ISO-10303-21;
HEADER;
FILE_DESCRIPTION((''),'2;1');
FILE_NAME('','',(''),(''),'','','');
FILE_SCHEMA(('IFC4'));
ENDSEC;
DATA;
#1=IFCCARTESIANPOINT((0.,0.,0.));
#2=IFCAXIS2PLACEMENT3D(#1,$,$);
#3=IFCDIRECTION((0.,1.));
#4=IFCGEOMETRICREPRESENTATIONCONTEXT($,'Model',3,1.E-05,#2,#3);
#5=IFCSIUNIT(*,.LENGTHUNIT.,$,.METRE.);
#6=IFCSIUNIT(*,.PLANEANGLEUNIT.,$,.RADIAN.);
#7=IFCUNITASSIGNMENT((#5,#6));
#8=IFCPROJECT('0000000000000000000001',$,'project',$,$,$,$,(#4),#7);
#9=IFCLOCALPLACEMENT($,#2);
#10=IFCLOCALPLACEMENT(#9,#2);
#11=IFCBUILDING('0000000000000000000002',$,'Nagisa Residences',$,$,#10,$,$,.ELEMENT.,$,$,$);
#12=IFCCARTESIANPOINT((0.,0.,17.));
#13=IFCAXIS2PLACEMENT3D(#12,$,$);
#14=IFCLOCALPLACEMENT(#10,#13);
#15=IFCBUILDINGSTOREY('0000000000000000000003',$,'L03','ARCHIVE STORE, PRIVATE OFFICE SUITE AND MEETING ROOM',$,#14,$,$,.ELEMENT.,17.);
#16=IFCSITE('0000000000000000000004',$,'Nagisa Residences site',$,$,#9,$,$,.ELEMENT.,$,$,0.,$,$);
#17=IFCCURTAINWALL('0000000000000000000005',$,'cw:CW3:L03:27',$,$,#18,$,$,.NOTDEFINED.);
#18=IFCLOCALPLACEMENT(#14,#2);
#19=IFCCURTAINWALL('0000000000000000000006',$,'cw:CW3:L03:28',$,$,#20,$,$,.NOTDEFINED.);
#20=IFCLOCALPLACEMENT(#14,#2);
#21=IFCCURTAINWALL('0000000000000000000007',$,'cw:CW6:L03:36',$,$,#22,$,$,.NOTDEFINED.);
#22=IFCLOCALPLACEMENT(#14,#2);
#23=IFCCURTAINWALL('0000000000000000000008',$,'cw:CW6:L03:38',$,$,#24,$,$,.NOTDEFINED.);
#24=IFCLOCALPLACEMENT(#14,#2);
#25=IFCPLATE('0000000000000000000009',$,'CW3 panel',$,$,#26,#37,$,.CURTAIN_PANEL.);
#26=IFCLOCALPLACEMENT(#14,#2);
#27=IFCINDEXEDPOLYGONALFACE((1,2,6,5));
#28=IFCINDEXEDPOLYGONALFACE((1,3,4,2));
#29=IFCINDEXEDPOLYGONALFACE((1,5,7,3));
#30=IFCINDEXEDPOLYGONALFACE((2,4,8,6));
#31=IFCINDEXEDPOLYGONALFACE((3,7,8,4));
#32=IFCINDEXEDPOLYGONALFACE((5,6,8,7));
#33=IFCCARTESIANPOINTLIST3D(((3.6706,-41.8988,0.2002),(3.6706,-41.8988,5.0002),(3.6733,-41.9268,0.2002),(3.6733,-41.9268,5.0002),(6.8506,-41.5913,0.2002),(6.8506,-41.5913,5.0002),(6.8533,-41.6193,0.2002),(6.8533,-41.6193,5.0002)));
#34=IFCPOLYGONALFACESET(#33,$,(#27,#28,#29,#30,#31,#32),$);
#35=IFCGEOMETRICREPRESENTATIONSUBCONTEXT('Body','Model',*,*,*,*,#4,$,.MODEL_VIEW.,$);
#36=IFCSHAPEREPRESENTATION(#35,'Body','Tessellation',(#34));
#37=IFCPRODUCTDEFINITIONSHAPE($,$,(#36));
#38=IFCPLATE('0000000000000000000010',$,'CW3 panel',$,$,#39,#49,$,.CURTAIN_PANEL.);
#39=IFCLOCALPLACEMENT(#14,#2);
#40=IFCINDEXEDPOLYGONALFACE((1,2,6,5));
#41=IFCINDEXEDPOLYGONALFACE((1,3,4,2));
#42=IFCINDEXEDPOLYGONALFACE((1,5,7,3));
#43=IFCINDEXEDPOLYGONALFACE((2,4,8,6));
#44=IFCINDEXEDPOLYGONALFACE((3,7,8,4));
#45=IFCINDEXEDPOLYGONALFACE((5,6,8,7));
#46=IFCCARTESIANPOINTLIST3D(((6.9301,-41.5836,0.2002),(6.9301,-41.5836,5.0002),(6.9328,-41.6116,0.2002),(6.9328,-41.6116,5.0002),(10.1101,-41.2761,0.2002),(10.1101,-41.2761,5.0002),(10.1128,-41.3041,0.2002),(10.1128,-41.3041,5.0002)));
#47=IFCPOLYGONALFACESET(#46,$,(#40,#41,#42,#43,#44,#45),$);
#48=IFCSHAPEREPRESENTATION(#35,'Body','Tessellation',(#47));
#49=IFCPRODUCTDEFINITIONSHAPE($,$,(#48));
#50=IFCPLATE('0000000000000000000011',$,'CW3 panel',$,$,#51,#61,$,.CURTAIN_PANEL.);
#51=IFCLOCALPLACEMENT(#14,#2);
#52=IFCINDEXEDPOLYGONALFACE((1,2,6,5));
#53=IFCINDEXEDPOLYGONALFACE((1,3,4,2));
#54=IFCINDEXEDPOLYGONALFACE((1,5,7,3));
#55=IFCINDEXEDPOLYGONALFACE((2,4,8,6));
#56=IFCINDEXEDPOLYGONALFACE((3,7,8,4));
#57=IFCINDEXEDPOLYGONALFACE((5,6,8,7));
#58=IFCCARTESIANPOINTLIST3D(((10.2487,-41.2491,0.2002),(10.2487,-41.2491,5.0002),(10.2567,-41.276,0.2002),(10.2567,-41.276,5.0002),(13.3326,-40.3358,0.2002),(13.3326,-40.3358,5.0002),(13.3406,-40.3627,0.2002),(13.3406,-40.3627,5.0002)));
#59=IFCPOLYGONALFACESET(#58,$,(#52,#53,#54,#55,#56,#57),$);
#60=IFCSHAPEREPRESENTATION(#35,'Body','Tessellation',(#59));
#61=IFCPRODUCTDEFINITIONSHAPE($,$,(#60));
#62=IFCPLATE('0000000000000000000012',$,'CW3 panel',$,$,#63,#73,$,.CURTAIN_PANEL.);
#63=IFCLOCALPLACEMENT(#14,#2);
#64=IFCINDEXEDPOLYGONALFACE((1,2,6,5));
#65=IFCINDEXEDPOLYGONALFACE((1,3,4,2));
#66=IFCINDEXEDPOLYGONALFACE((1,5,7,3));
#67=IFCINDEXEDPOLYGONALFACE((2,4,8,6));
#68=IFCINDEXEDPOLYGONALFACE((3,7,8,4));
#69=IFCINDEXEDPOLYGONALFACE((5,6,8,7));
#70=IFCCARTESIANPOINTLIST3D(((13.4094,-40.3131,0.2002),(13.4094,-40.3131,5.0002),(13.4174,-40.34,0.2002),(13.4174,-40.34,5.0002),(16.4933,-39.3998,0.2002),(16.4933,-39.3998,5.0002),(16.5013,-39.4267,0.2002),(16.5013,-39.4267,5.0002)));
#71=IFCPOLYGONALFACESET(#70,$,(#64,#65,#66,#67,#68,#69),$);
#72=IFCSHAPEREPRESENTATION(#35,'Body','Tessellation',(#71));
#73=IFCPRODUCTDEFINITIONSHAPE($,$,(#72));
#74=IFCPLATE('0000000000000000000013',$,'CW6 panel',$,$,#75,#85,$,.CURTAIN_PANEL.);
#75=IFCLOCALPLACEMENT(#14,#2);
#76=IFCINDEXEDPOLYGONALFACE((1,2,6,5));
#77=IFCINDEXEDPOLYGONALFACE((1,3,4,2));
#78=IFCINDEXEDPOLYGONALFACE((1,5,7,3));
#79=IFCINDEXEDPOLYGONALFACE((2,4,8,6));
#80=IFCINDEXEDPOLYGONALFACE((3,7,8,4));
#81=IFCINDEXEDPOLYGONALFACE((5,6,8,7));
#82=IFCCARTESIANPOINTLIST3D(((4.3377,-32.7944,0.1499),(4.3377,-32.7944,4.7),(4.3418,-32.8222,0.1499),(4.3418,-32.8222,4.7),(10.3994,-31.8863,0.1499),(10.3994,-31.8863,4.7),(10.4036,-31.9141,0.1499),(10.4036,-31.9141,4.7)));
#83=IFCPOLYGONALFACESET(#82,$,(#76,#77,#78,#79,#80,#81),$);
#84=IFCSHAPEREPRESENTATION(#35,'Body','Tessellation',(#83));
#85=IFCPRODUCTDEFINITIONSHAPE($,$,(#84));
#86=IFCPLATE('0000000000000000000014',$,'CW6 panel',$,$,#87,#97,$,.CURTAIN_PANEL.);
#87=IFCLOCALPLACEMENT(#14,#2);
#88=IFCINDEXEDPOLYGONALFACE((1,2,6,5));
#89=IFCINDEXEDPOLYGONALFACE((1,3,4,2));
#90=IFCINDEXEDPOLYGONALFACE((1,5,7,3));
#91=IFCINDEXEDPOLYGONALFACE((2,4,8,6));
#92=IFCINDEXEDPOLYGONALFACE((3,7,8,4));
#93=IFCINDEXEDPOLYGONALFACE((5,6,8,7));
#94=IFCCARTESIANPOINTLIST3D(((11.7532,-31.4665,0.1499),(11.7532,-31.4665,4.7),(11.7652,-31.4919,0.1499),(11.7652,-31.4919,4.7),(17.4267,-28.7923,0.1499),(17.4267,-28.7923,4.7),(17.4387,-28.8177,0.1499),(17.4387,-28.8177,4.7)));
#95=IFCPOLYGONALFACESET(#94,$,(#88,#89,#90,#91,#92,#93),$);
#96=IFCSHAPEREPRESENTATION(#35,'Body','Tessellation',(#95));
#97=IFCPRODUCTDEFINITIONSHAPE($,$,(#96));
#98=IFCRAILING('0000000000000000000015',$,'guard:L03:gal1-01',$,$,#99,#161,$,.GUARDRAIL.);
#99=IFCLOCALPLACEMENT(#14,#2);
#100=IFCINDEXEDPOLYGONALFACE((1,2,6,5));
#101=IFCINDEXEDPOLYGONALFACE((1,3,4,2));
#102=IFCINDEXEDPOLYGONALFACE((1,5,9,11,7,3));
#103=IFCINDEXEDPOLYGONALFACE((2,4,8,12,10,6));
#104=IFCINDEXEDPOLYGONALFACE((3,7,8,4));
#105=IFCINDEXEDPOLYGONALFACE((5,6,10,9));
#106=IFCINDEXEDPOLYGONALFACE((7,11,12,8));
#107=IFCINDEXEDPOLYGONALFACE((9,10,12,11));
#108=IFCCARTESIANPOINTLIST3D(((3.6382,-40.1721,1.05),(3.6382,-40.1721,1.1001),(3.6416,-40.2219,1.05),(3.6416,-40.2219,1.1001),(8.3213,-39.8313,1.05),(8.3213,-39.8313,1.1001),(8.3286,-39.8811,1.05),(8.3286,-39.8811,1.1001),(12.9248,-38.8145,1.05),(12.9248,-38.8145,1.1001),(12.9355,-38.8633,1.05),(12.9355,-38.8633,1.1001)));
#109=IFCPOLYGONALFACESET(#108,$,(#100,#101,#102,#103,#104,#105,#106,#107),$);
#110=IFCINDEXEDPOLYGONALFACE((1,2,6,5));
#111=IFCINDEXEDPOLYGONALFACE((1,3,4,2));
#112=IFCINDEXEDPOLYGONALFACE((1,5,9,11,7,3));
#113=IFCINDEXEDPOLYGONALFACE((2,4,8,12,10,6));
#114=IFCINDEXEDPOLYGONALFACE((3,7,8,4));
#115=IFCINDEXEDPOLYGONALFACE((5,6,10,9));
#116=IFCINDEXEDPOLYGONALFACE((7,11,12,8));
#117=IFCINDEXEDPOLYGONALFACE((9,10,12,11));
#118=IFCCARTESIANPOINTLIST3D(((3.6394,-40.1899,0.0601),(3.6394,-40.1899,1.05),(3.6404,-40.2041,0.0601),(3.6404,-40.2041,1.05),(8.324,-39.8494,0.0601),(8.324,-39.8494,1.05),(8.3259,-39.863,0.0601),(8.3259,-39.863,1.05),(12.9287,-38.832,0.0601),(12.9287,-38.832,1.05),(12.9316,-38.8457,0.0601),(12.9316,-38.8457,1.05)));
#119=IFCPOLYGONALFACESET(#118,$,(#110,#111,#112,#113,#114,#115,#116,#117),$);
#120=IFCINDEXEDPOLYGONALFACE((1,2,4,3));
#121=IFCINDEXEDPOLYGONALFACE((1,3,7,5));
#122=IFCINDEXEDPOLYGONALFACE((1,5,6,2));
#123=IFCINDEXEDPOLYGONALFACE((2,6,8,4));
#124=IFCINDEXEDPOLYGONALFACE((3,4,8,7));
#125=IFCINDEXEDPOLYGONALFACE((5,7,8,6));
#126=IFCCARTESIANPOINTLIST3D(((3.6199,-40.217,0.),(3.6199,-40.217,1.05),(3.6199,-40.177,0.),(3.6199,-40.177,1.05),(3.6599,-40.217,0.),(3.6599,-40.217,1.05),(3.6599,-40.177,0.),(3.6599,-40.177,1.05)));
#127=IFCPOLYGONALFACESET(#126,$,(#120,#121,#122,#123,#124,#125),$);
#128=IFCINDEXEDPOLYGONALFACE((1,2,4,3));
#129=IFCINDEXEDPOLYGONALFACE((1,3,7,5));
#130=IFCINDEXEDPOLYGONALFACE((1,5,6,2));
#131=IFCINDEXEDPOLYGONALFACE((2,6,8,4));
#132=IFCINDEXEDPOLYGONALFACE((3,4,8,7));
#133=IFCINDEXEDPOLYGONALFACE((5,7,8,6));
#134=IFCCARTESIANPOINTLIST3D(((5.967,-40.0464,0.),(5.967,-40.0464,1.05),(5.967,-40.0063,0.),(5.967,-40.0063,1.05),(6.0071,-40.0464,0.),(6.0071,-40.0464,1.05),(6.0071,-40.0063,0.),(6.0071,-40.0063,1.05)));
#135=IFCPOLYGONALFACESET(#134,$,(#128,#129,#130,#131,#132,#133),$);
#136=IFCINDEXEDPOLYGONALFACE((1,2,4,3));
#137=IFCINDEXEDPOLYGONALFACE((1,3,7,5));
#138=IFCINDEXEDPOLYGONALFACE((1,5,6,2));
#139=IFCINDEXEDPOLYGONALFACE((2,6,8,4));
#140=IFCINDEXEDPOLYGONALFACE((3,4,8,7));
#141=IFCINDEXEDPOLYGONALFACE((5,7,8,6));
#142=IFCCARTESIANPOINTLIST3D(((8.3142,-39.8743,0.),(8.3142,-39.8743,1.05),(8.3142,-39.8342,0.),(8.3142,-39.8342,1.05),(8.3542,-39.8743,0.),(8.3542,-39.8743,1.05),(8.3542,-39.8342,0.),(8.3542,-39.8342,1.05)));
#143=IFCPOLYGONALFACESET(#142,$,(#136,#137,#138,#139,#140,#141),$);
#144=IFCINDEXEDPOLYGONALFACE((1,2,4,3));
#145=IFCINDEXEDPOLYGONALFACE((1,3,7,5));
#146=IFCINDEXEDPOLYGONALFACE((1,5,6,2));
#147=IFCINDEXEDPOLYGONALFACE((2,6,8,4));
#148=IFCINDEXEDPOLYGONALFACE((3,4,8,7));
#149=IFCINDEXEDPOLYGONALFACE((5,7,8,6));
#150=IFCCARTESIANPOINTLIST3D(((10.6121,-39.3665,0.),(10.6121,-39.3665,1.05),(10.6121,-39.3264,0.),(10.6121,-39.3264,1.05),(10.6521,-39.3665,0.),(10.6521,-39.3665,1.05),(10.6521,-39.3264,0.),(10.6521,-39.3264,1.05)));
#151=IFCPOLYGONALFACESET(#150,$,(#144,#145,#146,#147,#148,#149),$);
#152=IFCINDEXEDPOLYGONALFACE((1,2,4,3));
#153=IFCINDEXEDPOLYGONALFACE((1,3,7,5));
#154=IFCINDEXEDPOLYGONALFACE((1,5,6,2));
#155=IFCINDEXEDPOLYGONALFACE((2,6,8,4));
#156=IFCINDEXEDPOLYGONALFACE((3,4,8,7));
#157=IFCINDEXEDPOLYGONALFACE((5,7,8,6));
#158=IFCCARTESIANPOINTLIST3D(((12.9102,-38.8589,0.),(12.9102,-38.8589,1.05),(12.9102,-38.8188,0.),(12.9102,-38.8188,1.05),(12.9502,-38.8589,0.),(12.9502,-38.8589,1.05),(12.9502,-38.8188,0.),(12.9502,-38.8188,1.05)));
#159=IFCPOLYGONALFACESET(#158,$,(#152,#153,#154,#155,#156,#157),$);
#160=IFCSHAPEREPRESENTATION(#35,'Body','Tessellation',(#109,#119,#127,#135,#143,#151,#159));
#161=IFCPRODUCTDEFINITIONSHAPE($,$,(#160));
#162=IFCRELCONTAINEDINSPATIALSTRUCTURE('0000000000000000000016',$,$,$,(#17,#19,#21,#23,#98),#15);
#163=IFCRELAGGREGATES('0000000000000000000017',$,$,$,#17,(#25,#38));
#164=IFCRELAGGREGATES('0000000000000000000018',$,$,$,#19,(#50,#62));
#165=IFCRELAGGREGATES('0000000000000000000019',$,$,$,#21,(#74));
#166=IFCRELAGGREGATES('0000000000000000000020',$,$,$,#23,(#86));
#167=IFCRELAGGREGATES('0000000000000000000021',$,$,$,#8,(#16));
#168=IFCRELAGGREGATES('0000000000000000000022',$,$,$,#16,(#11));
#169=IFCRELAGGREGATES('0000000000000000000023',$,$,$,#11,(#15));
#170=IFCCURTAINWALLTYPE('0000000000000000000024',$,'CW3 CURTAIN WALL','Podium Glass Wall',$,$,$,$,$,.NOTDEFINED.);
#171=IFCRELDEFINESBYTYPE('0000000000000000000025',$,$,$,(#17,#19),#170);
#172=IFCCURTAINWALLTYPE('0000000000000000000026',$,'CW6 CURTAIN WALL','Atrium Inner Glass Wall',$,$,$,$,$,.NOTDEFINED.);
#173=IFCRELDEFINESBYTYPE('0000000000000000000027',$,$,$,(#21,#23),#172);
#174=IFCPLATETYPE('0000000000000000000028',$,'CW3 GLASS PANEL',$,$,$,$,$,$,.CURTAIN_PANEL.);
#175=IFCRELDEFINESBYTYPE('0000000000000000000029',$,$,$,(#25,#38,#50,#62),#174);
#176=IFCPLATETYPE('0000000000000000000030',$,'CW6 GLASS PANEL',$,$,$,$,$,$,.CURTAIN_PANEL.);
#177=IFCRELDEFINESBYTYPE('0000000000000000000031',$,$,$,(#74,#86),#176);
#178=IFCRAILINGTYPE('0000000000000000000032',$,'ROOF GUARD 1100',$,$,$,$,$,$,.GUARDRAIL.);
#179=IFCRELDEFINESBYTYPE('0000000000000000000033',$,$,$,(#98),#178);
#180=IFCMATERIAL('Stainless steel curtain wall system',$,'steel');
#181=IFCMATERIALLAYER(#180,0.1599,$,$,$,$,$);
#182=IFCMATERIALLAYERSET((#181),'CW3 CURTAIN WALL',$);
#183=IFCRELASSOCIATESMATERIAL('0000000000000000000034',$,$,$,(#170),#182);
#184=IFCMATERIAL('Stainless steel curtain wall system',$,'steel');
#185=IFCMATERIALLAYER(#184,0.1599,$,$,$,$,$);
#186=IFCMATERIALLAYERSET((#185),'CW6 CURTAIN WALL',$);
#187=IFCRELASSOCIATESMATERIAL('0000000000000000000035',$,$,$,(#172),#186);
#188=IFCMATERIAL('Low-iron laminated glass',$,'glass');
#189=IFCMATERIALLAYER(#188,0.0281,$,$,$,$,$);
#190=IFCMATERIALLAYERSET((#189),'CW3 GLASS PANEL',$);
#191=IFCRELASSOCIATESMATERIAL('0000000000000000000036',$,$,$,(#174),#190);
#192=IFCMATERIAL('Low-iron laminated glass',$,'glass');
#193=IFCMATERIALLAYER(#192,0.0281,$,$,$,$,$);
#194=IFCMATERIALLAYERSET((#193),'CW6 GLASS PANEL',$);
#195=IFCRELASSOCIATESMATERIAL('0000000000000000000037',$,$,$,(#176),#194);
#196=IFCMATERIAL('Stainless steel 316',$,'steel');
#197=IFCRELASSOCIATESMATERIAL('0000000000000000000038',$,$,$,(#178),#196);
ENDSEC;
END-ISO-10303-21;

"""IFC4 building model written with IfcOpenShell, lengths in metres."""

from ifc_helpers import new_model, si_unit, direction, frame, origin, origin_2d, place, context, subcontext, project, spatial, polyline, rectangle, outline, extrude, material, layer, layer_set, type_object, element, aggregate, save


model = new_model("IFC4")

# Units and contexts
model_context = context("Model", 3, precision=1e-05, world=origin(), true_north=direction((0.0, 1.0)))
body_context = subcontext(model_context, "Body", "Model", "MODEL_VIEW")
ifc_project = project(units=[si_unit("LENGTHUNIT", "METRE"), si_unit("PLANEANGLEUNIT", "RADIAN")], contexts=[model_context])

# Site, building, storey
site_placement = place(None, origin())
site = spatial("IfcSite", under=ifc_project, at=site_placement, Name="Nagisa Residences site", CompositionType="ELEMENT", RefElevation=0.0)
building_placement = place(site_placement, origin())
building = spatial("IfcBuilding", under=site, at=building_placement, Name="Nagisa Residences", CompositionType="ELEMENT")
storey_placement = place(building_placement, frame((0.0, 0.0, 17.0)))
storey = spatial("IfcBuildingStorey", under=building, at=storey_placement, Name="L03", Description="ARCHIVE STORE, PRIVATE OFFICE SUITE AND MEETING ROOM", CompositionType="ELEMENT", Elevation=17.0)

# Shared definitions
ifc_material_1 = material(Name="Stainless steel curtain wall system", Category="steel")
ifc_layer_1 = layer(ifc_material_1, 0.1599)
ifc_layer_set_1 = layer_set([ifc_layer_1], Name="CW3 CURTAIN WALL")
curtain_wall_type_1 = type_object("IfcCurtainWallType", Name="CW3 CURTAIN WALL", Description="Podium Glass Wall", PredefinedType="NOTDEFINED", material=ifc_layer_set_1)

# Curtain walls
curtain_wall_1_placement = place(storey_placement, origin())
curtain_wall_1 = element("IfcCurtainWall", 1, at=curtain_wall_1_placement, inside=storey, type_object=curtain_wall_type_1, Name="cw:CW3:L03:27", PredefinedType="NOTDEFINED")
curtain_wall_2_placement = place(storey_placement, origin())
curtain_wall_2 = element("IfcCurtainWall", 2, at=curtain_wall_2_placement, inside=storey, type_object=curtain_wall_type_1, Name="cw:CW3:L03:28", PredefinedType="NOTDEFINED")

# Curtain walls
ifc_material_2 = material(Name="Stainless steel curtain wall system", Category="steel")
ifc_layer_2 = layer(ifc_material_2, 0.1599)
ifc_layer_set_2 = layer_set([ifc_layer_2], Name="CW6 CURTAIN WALL")
curtain_wall_type_2 = type_object("IfcCurtainWallType", Name="CW6 CURTAIN WALL", Description="Atrium Inner Glass Wall", PredefinedType="NOTDEFINED", material=ifc_layer_set_2)
curtain_wall_3_placement = place(storey_placement, origin())
curtain_wall_3 = element("IfcCurtainWall", 3, at=curtain_wall_3_placement, inside=storey, type_object=curtain_wall_type_2, Name="cw:CW6:L03:36", PredefinedType="NOTDEFINED")
curtain_wall_4_placement = place(storey_placement, origin())
curtain_wall_4 = element("IfcCurtainWall", 4, at=curtain_wall_4_placement, inside=storey, type_object=curtain_wall_type_2, Name="cw:CW6:L03:38", PredefinedType="NOTDEFINED")

# Plates
ifc_material_3 = material(Name="Low-iron laminated glass", Category="glass")
ifc_layer_3 = layer(ifc_material_3, 0.0281)
ifc_layer_set_3 = layer_set([ifc_layer_3], Name="CW3 GLASS PANEL")
plate_type_1 = type_object("IfcPlateType", Name="CW3 GLASS PANEL", PredefinedType="CURTAIN_PANEL", material=ifc_layer_set_3)
plate_1_placement = place(storey_placement, frame((5.262, -41.759, 0.2002), z_axis=(0.0, 0.0, 1.0), x_axis=(0.995357, 0.096249, 0.0)))
plate_1 = element("IfcPlate", 5, at=plate_1_placement, type_object=plate_type_1, Name="CW3 panel", PredefinedType="CURTAIN_PANEL", context=body_context, shape_type="SweptSolid", body=[
    extrude(rectangle(XDim=3.1948, YDim=0.0281, at=origin_2d()), origin(), (0.0, 0.0, 1.0), 4.8),
])
plate_2_placement = place(storey_placement, frame((8.5215, -41.4438, 0.2002), z_axis=(0.0, 0.0, 1.0), x_axis=(0.995357, 0.096249, 0.0)))
plate_2 = element("IfcPlate", 6, at=plate_2_placement, type_object=plate_type_1, Name="CW3 panel", PredefinedType="CURTAIN_PANEL", context=body_context, shape_type="SweptSolid", body=[
    extrude(rectangle(XDim=3.1948, YDim=0.0281, at=origin_2d()), origin(), (0.0, 0.0, 1.0), 4.8),
])
aggregate(curtain_wall_1, [plate_1, plate_2])
plate_3_placement = place(storey_placement, frame((11.7947, -40.8059, 0.2002), z_axis=(0.0, 0.0, 1.0), x_axis=(0.958835, 0.283963, 0.0)))
plate_3 = element("IfcPlate", 7, at=plate_3_placement, type_object=plate_type_1, Name="CW3 panel", PredefinedType="CURTAIN_PANEL", context=body_context, shape_type="SweptSolid", body=[
    extrude(rectangle(XDim=3.2163, YDim=0.0281, at=origin_2d()), origin(), (0.0, 0.0, 1.0), 4.8),
])
plate_4_placement = place(storey_placement, frame((14.9553, -39.8699, 0.2002), z_axis=(0.0, 0.0, 1.0), x_axis=(0.958835, 0.283963, 0.0)))
plate_4 = element("IfcPlate", 8, at=plate_4_placement, type_object=plate_type_1, Name="CW3 panel", PredefinedType="CURTAIN_PANEL", context=body_context, shape_type="SweptSolid", body=[
    extrude(rectangle(XDim=3.2163, YDim=0.0281, at=origin_2d()), origin(), (0.0, 0.0, 1.0), 4.8),
])
aggregate(curtain_wall_2, [plate_3, plate_4])
ifc_material_4 = material(Name="Low-iron laminated glass", Category="glass")
ifc_layer_4 = layer(ifc_material_4, 0.0281)
ifc_layer_set_4 = layer_set([ifc_layer_4], Name="CW6 GLASS PANEL")
plate_type_2 = type_object("IfcPlateType", Name="CW6 GLASS PANEL", PredefinedType="CURTAIN_PANEL", material=ifc_layer_set_4)
plate_5_placement = place(storey_placement, frame((7.3706, -32.3542, 0.1499), z_axis=(0.0, 0.0, 1.0), x_axis=(0.988964, 0.148158, 0.0)))
plate_5 = element("IfcPlate", 9, at=plate_5_placement, type_object=plate_type_2, Name="CW6 panel", PredefinedType="CURTAIN_PANEL", context=body_context, shape_type="SweptSolid", body=[
    extrude(rectangle(XDim=6.1294, YDim=0.0281, at=origin_2d()), origin(), (0.0, 0.0, 1.0), 4.55),
])
aggregate(curtain_wall_3, [plate_5])
plate_6_placement = place(storey_placement, frame((14.5959, -30.1421, 0.1499), z_axis=(0.0, 0.0, 1.0), x_axis=(0.904554, 0.426358, 0.0)))
plate_6 = element("IfcPlate", 10, at=plate_6_placement, type_object=plate_type_2, Name="CW6 panel", PredefinedType="CURTAIN_PANEL", context=body_context, shape_type="SweptSolid", body=[
    extrude(rectangle(XDim=6.2722, YDim=0.0281, at=origin_2d()), origin(), (0.0, 0.0, 1.0), 4.55),
])
aggregate(curtain_wall_4, [plate_6])

# Railing
ifc_material_5 = material(Name="Stainless steel 316", Category="steel")
railing_type = type_object("IfcRailingType", Name="ROOF GUARD 1100", PredefinedType="GUARDRAIL", material=ifc_material_5)
railing_1_placement = place(storey_placement, frame((3.6399, -40.197, 0.0)))
element("IfcRailing", 11, at=railing_1_placement, inside=storey, type_object=railing_type, Name="guard:L03:gal1-01", PredefinedType="GUARDRAIL", context=body_context, shape_type="SweptSolid", body=[
    extrude(outline(polyline([(4.6814, 0.3657), (-0.0017, 0.0249), (0.0017, -0.0249), (4.6887, 0.3159), (9.2957, 1.3337), (9.2849, 1.3826), (4.6814, 0.3657)])), frame((0.0, 0.0, 1.05)), (0.0, 0.0, 1.0), 0.05),
    extrude(outline(polyline([(4.6841, 0.3477), (-0.0005, 0.0071), (0.0005, -0.0071), (4.686, 0.334), (9.2917, 1.3513), (9.2888, 1.365), (4.6841, 0.3477)])), frame((0.0, 0.0, 0.0601)), (0.0, 0.0, 1.0), 0.99),
    extrude(rectangle(XDim=0.04, YDim=0.04, at=origin_2d()), origin(), (0.0, 0.0, 1.0), 1.05),
    extrude(rectangle(XDim=0.04, YDim=0.04, at=origin_2d()), frame((2.3472, 0.1707, 0.0)), (0.0, 0.0, 1.0), 1.05),
    extrude(rectangle(XDim=0.04, YDim=0.04, at=origin_2d()), frame((4.6943, 0.3428, 0.0)), (0.0, 0.0, 1.0), 1.05),
    extrude(rectangle(XDim=0.04, YDim=0.04, at=origin_2d()), frame((6.9922, 0.8506, 0.0)), (0.0, 0.0, 1.0), 1.05),
    extrude(rectangle(XDim=0.04, YDim=0.04, at=origin_2d()), frame((9.2903, 1.3582, 0.0)), (0.0, 0.0, 1.0), 1.05),
])

save(model, "model.ifc")
